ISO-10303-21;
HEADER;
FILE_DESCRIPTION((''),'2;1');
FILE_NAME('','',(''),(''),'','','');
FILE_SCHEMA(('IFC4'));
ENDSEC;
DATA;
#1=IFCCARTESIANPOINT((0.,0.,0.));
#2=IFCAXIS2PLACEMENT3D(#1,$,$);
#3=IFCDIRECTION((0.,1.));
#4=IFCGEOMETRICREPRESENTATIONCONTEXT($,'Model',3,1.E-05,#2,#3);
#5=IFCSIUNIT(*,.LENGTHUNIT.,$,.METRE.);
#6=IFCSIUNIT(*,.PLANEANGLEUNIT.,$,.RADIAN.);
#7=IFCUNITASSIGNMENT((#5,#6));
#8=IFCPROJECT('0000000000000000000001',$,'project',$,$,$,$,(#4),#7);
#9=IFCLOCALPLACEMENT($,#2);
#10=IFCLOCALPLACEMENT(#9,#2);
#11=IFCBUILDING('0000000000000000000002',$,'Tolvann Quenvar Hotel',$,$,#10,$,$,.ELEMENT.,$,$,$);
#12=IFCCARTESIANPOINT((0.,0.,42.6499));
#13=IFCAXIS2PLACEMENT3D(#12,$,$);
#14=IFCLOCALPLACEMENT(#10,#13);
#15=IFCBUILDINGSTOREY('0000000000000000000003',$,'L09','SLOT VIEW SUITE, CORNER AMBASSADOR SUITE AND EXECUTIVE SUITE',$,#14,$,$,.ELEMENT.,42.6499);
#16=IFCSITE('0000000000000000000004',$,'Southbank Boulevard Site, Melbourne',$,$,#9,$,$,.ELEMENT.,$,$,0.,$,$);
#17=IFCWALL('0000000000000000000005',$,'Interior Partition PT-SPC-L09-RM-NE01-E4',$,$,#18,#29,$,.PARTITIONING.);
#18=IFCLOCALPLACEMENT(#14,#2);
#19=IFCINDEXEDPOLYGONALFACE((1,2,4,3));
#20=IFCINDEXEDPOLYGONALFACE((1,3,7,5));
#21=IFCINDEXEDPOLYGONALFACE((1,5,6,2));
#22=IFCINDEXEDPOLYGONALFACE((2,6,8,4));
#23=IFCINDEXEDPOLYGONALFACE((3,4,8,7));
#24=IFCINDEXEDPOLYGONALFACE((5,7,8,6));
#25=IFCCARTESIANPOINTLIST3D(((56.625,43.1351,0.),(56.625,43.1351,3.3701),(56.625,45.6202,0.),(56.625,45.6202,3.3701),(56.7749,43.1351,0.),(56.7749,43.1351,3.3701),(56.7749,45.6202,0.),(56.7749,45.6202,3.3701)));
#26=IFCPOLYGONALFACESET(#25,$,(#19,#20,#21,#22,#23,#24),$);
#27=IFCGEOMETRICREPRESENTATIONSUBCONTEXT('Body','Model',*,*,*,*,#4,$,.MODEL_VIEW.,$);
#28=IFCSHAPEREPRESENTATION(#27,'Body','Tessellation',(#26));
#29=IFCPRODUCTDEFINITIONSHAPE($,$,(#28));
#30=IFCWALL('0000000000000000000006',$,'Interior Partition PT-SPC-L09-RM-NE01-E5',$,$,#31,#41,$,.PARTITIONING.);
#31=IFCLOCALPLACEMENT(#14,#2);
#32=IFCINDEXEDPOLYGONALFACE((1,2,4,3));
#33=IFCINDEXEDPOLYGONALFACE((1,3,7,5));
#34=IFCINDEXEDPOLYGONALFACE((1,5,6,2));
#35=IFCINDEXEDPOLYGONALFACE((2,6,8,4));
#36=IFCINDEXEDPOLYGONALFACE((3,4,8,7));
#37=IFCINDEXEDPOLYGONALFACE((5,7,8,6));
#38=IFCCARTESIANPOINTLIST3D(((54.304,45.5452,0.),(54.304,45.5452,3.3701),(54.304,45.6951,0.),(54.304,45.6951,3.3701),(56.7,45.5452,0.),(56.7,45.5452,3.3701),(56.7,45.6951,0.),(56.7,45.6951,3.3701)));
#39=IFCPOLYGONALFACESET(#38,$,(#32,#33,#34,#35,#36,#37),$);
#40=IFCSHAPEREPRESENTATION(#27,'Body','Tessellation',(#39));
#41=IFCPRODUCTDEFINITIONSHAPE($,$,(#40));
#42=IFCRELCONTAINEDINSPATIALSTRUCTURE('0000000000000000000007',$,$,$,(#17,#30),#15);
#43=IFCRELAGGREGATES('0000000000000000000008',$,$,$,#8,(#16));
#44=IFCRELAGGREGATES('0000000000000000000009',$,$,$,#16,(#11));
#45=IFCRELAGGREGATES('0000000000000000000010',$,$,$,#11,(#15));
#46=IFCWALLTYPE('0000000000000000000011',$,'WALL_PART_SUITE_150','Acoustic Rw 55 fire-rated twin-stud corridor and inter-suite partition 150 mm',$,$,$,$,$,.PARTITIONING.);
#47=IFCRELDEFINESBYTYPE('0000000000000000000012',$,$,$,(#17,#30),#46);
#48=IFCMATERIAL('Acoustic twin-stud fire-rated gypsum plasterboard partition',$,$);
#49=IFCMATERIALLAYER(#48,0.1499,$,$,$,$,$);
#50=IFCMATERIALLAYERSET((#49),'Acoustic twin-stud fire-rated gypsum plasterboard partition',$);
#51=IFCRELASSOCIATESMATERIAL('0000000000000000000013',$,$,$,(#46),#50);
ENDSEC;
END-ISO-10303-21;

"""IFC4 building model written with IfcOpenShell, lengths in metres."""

from ifc_helpers import new_model, si_unit, direction, frame, frame_2d, origin, place, context, subcontext, project, spatial, rectangle, extrude, material, layer, layer_set, type_object, element, save


model = new_model("IFC4")

# Units and contexts
model_context = context("Model", 3, precision=1e-05, world=origin(), true_north=direction((0.0, 1.0)))
body_context = subcontext(model_context, "Body", "Model", "MODEL_VIEW")
ifc_project = project(units=[si_unit("LENGTHUNIT", "METRE"), si_unit("PLANEANGLEUNIT", "RADIAN")], contexts=[model_context])

# Site, building, storey
site_placement = place(None, origin())
site = spatial("IfcSite", under=ifc_project, at=site_placement, Name="Southbank Boulevard Site, Melbourne", CompositionType="ELEMENT", RefElevation=0.0)
building_placement = place(site_placement, origin())
building = spatial("IfcBuilding", under=site, at=building_placement, Name="Tolvann Quenvar Hotel", CompositionType="ELEMENT")
storey_placement = place(building_placement, frame((0.0, 0.0, 42.6499)))
storey = spatial("IfcBuildingStorey", under=building, at=storey_placement, Name="L09", Description="SLOT VIEW SUITE, CORNER AMBASSADOR SUITE AND EXECUTIVE SUITE", CompositionType="ELEMENT", Elevation=42.6499)

# Walls
ifc_material_1 = material(Name="Acoustic twin-stud fire-rated gypsum plasterboard partition")
ifc_layer_1 = layer(ifc_material_1, 0.1499)
ifc_layer_set_1 = layer_set([ifc_layer_1], Name="Acoustic twin-stud fire-rated gypsum plasterboard partition")
wall_type_1 = type_object("IfcWallType", Name="WALL_PART_SUITE_150", Description="Acoustic Rw 55 fire-rated twin-stud corridor and inter-suite partition 150 mm", PredefinedType="PARTITIONING", material=ifc_layer_set_1)
wall_1_placement = place(storey_placement, frame((56.7, 43.135, 0.0), z_axis=(0.0, 0.0, 1.0), x_axis=(0.0, 1.0, 0.0)))
element("IfcWall", 1, at=wall_1_placement, inside=storey, type_object=wall_type_1, Name="Interior Partition PT-SPC-L09-RM-NE01-E4", PredefinedType="PARTITIONING", context=body_context, shape_type="SweptSolid", body=[
    extrude(rectangle(XDim=2.4851, YDim=0.1499, at=frame_2d((1.2427, 0.0))), origin(), (0.0, 0.0, 1.0), 3.3701),
])
wall_2_placement = place(storey_placement, frame((54.304, 45.6201, 0.0), z_axis=(0.0, 0.0, 1.0), x_axis=(1.0, 0.0, 0.0)))
element("IfcWall", 2, at=wall_2_placement, inside=storey, type_object=wall_type_1, Name="Interior Partition PT-SPC-L09-RM-NE01-E5", PredefinedType="PARTITIONING", context=body_context, shape_type="SweptSolid", body=[
    extrude(rectangle(XDim=2.396, YDim=0.1499, at=frame_2d((1.198, 0.0))), origin(), (0.0, 0.0, 1.0), 3.3701),
])

save(model, "model.ifc")
